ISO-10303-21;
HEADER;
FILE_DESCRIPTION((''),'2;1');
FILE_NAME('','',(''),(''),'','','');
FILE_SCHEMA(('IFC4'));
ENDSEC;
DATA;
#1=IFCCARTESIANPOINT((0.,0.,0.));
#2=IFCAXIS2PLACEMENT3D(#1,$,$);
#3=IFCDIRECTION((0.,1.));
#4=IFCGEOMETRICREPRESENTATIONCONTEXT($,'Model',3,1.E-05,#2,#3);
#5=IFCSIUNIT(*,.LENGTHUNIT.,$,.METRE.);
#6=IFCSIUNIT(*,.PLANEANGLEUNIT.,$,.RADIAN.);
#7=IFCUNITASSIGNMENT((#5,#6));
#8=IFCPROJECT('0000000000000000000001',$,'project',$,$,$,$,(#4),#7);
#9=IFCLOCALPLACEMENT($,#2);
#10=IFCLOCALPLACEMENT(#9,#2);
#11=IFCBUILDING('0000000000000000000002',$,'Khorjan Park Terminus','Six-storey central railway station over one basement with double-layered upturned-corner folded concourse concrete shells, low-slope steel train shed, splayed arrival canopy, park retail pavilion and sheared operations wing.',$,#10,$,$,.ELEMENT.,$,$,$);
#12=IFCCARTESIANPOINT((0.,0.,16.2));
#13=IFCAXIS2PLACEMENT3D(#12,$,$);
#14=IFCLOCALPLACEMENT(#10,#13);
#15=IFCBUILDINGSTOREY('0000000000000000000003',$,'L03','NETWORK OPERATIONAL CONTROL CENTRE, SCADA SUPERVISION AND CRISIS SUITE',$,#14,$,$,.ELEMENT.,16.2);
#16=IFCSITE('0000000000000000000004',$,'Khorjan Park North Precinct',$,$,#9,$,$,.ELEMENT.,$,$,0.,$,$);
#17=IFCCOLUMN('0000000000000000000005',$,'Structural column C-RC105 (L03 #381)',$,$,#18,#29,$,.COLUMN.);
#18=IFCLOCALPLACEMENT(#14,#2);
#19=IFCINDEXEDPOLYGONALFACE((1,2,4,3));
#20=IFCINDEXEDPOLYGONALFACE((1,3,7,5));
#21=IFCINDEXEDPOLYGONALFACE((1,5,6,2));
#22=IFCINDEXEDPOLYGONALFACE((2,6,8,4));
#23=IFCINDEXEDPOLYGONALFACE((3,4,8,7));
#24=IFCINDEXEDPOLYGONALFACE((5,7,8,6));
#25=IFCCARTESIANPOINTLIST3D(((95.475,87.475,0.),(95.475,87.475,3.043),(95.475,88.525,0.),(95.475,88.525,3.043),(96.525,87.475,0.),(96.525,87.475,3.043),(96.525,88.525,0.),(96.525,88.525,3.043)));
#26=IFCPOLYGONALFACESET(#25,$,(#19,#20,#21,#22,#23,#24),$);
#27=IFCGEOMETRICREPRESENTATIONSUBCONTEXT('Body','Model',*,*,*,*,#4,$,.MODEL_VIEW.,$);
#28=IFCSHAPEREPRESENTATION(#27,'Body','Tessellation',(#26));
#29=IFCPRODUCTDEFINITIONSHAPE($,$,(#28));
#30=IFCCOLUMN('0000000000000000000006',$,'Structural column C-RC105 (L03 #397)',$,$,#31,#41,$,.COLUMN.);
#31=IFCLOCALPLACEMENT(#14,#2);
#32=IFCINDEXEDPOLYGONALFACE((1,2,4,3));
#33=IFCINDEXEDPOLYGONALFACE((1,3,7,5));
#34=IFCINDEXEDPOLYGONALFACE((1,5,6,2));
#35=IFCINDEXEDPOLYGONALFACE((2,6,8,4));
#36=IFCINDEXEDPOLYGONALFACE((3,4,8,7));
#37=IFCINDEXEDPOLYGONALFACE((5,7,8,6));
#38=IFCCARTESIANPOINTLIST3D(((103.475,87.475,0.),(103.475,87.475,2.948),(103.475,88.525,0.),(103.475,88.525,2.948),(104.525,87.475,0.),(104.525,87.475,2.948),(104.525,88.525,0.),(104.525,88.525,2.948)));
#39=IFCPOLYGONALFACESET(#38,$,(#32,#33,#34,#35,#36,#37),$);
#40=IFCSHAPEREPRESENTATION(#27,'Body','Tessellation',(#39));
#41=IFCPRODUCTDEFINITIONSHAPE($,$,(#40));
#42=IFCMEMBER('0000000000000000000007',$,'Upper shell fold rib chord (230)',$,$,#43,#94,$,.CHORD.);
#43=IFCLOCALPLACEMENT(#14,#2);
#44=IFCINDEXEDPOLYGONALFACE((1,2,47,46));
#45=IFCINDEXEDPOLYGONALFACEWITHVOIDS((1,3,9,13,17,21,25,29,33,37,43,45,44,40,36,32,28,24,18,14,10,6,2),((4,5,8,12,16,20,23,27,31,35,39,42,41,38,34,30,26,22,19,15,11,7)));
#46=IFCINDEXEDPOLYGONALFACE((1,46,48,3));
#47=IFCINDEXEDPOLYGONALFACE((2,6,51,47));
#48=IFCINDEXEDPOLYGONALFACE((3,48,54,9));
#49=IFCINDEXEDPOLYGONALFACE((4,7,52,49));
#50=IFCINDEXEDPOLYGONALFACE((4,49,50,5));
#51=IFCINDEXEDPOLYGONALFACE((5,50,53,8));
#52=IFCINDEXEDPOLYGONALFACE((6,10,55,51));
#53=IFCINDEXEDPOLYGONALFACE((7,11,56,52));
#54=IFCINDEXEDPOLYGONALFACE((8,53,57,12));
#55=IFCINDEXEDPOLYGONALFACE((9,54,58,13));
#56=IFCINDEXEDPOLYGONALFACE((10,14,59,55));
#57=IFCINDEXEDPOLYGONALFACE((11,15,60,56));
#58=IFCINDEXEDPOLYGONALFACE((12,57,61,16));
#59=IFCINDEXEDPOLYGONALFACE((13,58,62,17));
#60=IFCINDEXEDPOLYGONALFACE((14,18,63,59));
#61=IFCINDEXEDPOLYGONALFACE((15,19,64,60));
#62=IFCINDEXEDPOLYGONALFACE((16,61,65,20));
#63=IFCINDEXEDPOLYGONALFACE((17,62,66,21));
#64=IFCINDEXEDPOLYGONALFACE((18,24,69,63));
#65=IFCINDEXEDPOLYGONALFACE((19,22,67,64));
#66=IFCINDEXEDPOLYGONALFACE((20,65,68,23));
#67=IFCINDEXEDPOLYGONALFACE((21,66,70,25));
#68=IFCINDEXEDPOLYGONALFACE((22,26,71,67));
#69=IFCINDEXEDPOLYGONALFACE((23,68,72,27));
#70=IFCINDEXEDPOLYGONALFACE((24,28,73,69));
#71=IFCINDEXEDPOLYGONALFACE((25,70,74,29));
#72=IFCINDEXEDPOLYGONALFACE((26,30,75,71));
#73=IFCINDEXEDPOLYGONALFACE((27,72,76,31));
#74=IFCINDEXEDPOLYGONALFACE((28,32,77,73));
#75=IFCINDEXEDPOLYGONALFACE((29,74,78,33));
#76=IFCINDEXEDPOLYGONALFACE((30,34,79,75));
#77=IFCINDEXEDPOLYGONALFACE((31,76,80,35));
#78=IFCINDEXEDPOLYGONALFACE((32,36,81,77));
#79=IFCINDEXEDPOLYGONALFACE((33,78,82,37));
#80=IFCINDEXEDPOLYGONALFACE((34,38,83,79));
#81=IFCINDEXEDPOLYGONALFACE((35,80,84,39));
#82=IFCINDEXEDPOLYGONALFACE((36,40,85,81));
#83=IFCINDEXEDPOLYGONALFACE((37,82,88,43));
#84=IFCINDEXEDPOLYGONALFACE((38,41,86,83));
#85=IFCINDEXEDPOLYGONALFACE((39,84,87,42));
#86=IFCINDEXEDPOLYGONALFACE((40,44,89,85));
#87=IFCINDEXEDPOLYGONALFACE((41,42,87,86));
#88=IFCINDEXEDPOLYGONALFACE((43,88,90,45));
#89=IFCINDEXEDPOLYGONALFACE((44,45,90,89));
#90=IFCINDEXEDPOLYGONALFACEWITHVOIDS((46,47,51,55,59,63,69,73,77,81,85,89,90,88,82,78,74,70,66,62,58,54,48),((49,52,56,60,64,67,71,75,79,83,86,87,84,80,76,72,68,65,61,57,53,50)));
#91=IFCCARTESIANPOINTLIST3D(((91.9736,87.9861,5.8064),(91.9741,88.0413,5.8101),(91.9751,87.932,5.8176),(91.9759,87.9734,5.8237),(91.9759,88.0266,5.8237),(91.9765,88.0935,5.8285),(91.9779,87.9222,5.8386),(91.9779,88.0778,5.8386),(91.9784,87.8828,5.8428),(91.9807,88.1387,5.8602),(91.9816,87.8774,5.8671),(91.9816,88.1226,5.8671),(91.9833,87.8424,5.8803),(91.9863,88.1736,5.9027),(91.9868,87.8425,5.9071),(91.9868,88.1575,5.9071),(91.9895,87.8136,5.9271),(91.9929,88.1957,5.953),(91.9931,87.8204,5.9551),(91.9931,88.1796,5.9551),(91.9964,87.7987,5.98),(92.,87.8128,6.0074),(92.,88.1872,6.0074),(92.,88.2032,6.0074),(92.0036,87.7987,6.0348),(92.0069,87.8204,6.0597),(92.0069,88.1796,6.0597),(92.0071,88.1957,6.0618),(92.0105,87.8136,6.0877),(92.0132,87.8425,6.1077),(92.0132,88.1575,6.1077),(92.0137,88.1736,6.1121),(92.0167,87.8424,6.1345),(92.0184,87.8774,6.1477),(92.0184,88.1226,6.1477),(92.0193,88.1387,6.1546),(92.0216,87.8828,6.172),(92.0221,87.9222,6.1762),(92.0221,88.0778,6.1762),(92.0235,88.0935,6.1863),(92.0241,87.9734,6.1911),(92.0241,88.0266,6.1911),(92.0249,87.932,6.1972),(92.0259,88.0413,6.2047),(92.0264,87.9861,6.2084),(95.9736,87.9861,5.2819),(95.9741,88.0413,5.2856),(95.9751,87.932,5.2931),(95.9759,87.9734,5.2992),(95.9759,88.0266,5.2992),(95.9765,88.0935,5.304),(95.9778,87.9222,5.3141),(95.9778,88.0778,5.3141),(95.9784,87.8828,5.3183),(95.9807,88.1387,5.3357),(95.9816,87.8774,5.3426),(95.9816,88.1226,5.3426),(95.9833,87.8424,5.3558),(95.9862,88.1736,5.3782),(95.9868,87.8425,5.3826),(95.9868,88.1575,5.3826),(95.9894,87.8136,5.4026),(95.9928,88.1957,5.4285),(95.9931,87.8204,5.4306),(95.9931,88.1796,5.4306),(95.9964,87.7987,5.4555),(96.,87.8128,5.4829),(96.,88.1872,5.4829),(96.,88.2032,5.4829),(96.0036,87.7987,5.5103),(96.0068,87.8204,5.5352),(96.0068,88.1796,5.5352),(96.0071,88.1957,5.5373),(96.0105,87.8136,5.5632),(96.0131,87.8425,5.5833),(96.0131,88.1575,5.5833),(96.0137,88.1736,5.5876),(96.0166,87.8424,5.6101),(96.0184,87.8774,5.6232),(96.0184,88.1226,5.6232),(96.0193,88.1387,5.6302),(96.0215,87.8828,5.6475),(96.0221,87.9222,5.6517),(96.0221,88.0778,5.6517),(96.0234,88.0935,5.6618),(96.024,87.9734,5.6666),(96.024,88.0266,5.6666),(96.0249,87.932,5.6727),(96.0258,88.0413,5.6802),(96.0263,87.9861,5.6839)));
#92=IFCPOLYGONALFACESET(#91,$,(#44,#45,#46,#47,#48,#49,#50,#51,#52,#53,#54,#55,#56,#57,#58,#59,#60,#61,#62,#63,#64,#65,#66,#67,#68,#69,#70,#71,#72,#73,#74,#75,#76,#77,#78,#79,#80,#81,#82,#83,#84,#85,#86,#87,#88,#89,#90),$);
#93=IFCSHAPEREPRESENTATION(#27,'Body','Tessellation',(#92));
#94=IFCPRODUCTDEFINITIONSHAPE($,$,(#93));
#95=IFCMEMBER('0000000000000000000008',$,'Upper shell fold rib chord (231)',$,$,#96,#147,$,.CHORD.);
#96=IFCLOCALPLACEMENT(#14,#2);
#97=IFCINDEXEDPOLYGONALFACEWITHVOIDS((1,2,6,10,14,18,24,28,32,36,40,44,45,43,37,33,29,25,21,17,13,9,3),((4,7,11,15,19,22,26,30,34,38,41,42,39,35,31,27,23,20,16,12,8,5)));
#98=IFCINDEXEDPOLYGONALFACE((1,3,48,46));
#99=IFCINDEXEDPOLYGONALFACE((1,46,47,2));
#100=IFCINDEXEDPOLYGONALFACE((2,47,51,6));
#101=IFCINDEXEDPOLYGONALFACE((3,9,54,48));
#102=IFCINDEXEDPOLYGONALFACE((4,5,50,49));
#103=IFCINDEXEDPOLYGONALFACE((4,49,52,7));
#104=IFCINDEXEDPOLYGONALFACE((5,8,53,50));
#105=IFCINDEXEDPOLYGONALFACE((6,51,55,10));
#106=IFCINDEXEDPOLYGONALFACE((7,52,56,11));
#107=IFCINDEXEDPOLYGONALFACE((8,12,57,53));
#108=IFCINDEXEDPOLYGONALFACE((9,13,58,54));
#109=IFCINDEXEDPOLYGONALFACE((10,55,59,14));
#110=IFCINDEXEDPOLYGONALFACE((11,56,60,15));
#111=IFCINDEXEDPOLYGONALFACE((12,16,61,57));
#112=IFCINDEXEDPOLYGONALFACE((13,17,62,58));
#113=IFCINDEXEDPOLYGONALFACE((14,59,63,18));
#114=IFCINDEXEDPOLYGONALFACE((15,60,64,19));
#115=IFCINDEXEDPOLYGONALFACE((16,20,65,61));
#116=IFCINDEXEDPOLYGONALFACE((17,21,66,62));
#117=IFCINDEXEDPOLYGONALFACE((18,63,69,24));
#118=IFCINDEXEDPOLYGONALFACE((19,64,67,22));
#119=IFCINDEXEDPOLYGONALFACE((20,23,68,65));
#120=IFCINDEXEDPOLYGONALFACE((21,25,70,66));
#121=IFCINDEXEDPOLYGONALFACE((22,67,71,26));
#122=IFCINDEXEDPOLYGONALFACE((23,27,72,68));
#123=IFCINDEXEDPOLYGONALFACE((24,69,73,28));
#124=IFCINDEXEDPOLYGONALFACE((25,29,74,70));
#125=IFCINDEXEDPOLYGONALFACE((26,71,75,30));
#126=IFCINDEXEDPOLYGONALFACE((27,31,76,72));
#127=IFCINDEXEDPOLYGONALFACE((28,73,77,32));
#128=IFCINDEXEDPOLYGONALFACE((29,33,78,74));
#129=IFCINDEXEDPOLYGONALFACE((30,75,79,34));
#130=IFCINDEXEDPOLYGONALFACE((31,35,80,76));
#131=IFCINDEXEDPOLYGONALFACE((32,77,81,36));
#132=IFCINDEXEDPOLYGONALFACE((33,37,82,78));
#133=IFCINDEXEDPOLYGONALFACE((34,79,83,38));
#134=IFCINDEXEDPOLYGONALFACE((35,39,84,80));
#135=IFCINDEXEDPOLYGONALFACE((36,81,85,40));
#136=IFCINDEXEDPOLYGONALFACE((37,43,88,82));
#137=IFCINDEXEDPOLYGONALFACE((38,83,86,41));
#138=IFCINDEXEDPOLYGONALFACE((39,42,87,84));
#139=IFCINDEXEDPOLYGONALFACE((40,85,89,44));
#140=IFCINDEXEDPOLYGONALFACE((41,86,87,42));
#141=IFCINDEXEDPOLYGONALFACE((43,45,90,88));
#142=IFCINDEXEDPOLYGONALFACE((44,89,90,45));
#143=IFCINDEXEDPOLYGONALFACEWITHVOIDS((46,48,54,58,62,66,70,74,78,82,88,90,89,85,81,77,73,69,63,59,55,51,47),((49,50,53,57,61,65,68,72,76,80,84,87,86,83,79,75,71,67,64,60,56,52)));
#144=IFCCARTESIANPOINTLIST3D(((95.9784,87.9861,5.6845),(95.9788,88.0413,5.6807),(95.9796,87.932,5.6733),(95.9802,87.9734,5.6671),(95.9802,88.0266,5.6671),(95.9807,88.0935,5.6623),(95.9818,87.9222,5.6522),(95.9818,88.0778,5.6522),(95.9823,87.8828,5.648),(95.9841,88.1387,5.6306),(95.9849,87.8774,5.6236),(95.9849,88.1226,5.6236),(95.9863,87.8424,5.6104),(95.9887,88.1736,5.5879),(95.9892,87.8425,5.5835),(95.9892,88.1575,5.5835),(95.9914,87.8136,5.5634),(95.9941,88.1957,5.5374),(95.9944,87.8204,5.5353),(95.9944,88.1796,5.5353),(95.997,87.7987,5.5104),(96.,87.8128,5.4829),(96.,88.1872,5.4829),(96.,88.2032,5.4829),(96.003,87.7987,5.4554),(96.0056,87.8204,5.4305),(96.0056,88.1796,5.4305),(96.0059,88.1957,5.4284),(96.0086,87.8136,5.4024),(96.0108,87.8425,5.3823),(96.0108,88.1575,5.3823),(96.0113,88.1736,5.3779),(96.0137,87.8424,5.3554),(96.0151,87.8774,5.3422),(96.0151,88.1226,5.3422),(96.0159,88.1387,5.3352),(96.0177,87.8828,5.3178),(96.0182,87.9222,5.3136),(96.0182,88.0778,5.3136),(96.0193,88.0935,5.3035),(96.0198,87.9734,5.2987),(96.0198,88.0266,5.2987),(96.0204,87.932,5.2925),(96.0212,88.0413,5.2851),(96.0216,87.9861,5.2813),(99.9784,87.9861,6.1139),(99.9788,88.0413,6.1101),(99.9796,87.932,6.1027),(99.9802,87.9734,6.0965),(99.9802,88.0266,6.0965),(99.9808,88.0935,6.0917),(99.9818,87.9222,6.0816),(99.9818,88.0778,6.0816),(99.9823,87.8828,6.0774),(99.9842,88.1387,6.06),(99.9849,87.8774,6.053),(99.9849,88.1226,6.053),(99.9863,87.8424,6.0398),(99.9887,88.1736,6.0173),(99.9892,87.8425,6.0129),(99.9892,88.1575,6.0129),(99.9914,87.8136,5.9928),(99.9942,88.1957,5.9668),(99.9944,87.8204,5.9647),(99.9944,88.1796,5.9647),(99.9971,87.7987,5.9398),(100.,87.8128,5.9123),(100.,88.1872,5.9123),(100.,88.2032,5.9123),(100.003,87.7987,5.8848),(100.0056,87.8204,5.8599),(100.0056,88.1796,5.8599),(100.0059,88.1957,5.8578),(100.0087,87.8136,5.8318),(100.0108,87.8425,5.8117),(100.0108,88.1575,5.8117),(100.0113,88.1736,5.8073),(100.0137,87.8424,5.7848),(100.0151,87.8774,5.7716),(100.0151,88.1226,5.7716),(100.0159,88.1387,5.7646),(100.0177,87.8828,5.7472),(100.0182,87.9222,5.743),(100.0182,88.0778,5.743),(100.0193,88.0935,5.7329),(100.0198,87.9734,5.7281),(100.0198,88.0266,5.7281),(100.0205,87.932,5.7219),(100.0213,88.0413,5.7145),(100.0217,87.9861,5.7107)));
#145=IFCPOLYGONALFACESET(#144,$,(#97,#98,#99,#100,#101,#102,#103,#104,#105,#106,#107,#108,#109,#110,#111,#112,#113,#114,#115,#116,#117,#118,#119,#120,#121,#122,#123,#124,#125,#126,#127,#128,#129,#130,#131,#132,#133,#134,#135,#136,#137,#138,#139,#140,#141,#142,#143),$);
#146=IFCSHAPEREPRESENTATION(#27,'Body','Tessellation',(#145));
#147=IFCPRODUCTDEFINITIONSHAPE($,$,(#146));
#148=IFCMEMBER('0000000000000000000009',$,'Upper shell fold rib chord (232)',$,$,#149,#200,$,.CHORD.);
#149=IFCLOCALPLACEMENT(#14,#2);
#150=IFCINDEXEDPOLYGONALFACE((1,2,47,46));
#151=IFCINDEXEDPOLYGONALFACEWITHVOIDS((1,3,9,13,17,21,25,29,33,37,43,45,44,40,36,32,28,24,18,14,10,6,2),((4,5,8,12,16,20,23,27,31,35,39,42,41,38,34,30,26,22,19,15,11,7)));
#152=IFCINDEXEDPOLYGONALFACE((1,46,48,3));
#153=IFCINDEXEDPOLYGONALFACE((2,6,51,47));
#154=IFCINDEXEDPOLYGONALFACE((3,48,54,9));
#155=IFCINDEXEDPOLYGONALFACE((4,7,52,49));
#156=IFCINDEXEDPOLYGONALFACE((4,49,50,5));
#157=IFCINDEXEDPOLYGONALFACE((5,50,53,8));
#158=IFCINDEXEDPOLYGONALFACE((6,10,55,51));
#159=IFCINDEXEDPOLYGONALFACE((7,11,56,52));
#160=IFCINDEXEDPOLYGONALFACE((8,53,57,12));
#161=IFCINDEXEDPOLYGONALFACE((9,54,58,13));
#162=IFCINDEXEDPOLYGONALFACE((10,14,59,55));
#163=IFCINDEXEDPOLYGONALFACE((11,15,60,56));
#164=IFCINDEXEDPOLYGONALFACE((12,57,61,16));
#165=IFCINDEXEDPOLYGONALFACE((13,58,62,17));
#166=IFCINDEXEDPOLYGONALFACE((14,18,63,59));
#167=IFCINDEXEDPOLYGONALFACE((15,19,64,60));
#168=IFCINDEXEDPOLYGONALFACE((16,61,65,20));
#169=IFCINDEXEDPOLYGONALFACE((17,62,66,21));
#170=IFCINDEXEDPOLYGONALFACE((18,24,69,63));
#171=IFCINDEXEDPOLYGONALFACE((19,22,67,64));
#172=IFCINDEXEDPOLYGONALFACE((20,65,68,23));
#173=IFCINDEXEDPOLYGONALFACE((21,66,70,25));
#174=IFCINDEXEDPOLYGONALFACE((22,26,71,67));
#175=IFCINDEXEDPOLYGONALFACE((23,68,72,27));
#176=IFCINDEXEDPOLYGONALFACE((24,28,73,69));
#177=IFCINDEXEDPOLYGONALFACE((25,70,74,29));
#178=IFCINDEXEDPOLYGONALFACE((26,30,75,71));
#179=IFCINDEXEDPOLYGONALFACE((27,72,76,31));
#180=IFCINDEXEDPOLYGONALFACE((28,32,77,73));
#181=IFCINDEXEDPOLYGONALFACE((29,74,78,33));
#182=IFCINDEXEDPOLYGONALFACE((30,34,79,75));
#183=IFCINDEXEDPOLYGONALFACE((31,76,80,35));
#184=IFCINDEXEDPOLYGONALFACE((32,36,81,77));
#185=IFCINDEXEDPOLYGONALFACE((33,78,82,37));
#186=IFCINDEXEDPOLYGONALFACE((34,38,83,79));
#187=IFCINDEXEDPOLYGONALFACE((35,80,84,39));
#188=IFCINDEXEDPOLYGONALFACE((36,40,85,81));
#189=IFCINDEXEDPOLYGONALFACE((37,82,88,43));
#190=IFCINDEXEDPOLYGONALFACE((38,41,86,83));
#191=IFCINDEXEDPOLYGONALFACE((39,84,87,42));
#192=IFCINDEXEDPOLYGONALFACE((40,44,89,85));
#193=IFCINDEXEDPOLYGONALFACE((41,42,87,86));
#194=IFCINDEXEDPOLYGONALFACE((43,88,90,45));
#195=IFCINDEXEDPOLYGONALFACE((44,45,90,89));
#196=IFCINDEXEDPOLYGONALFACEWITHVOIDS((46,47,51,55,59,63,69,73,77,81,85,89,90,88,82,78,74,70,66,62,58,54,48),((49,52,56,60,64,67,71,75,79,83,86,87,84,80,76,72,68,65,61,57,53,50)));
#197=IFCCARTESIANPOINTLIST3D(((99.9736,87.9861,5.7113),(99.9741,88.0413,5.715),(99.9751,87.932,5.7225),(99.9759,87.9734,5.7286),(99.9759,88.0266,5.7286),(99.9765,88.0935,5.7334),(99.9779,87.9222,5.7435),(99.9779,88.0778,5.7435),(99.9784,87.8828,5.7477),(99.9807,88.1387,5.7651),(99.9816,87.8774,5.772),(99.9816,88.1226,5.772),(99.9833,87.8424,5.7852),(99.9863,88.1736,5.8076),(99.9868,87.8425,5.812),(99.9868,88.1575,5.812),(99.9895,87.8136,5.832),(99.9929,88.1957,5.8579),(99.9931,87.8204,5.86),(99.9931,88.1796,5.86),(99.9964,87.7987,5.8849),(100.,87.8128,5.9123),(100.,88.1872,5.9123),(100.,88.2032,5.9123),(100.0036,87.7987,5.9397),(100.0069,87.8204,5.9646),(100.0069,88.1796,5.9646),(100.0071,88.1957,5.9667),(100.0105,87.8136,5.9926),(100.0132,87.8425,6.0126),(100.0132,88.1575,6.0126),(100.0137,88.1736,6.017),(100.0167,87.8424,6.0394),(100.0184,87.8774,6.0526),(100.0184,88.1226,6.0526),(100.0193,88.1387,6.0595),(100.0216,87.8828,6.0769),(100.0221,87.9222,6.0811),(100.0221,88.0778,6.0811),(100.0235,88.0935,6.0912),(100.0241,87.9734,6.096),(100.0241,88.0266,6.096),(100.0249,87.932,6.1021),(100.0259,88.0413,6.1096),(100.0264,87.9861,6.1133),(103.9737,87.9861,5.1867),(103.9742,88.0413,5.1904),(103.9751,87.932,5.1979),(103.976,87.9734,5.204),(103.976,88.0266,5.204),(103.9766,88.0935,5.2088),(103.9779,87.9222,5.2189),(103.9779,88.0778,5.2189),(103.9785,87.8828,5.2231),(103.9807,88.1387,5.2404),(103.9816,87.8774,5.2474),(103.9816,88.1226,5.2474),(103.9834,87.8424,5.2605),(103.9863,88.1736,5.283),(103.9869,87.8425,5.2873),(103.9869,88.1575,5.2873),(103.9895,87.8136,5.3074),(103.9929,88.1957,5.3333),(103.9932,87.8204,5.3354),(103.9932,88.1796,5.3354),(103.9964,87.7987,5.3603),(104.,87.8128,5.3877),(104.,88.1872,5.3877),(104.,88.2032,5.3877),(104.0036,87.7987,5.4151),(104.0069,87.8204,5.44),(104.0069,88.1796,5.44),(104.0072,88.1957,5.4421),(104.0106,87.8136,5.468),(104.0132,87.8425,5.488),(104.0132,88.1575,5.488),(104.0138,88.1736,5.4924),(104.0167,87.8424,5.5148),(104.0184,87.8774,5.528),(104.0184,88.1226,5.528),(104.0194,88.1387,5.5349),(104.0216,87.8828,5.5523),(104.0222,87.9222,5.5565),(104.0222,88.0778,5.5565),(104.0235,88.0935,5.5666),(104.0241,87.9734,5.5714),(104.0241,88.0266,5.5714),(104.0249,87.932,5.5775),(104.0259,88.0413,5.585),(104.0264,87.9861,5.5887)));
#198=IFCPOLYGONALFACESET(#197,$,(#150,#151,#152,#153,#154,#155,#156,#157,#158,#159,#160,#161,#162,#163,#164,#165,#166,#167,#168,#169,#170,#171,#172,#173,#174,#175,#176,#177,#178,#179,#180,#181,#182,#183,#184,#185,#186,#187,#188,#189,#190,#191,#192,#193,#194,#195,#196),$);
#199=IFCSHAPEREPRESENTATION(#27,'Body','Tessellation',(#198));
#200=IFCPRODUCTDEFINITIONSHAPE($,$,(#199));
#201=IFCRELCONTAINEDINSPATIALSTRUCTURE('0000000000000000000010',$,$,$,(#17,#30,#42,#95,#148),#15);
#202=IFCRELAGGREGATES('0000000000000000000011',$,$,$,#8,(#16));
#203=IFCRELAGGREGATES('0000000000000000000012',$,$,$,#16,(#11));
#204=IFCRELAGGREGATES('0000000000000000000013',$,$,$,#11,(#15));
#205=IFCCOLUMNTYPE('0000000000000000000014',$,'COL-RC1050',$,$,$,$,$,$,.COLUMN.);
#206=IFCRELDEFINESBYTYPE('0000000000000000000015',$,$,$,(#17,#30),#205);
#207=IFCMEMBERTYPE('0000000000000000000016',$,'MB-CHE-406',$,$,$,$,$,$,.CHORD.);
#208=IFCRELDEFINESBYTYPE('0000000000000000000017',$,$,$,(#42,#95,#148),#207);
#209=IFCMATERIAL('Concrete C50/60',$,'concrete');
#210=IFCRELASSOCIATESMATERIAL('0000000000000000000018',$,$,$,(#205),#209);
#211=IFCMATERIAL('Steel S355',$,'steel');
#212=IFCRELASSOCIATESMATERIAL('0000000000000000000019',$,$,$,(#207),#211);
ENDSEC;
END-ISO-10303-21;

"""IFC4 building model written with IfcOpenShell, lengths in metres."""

from ifc_helpers import new_model, si_unit, direction, frame, origin, origin_2d, place, context, subcontext, project, spatial, rectangle, hollow_circle, extrude, material, material_profile, profile_set, type_object, element, save


model = new_model("IFC4")

# Units and contexts
model_context = context("Model", 3, precision=1e-05, world=origin(), true_north=direction((0.0, 1.0)))
body_context = subcontext(model_context, "Body", "Model", "MODEL_VIEW")
ifc_project = project(units=[si_unit("LENGTHUNIT", "METRE"), si_unit("PLANEANGLEUNIT", "RADIAN")], contexts=[model_context])

# Site, building, storey
site_placement = place(None, origin())
site = spatial("IfcSite", under=ifc_project, at=site_placement, Name="Khorjan Park North Precinct", CompositionType="ELEMENT", RefElevation=0.0)
building_placement = place(site_placement, origin())
building = spatial("IfcBuilding", under=site, at=building_placement, Name="Khorjan Park Terminus", Description="Six-storey central railway station over one basement with double-layered upturned-corner folded concourse concrete shells, low-slope steel train shed, splayed arrival canopy, park retail pavilion and sheared operations wing.", CompositionType="ELEMENT")
storey_placement = place(building_placement, frame((0.0, 0.0, 16.2)))
storey = spatial("IfcBuildingStorey", under=building, at=storey_placement, Name="L03", Description="NETWORK OPERATIONAL CONTROL CENTRE, SCADA SUPERVISION AND CRISIS SUITE", CompositionType="ELEMENT", Elevation=16.2)

# Columns
ifc_material_1 = material(Name="Concrete C50/60", Category="concrete")
ifc_material_profile_1 = material_profile(ifc_material_1, rectangle(XDim=1.05, YDim=1.05, at=origin_2d()), Name="RC 1050x1050")
ifc_profile_set_1 = profile_set([ifc_material_profile_1], Name="Concrete C50/60")
column_type = type_object("IfcColumnType", Name="COL-RC1050", PredefinedType="COLUMN", material=ifc_profile_set_1)
column_1_placement = place(storey_placement, frame((96.0, 88.0, 0.0), z_axis=(0.0, 0.0, 1.0), x_axis=(1.0, 0.0, 0.0)))
element("IfcColumn", 1, at=column_1_placement, inside=storey, type_object=column_type, Name="Structural column C-RC105 (L03 #381)", PredefinedType="COLUMN", context=body_context, shape_type="SweptSolid", body=[
    extrude(rectangle(XDim=1.05, YDim=1.05, at=origin_2d()), origin(), (0.0, 0.0, 1.0), 3.043),
])
column_2_placement = place(storey_placement, frame((104.0, 88.0, 0.0), z_axis=(0.0, 0.0, 1.0), x_axis=(1.0, 0.0, 0.0)))
element("IfcColumn", 2, at=column_2_placement, inside=storey, type_object=column_type, Name="Structural column C-RC105 (L03 #397)", PredefinedType="COLUMN", context=body_context, shape_type="SweptSolid", body=[
    extrude(rectangle(XDim=1.05, YDim=1.05, at=origin_2d()), origin(), (0.0, 0.0, 1.0), 2.948),
])

# Members
ifc_material_2 = material(Name="Steel S355", Category="steel")
ifc_material_profile_2 = material_profile(ifc_material_2, hollow_circle(Radius=0.2032, WallThickness=0.016, at=origin_2d()), Name="CHS 406.4x16")
ifc_profile_set_2 = profile_set([ifc_material_profile_2], Name="Steel S355")
member_type_1 = type_object("IfcMemberType", Name="MB-CHE-406", PredefinedType="CHORD", material=ifc_profile_set_2)
member_1_placement = place(storey_placement, frame((92.0, 88.0, 6.0074), z_axis=(0.991512, 0.0, -0.130012), x_axis=(0.0, 1.0, 0.0)))
element("IfcMember", 3, at=member_1_placement, inside=storey, type_object=member_type_1, Name="Upper shell fold rib chord (230)", PredefinedType="CHORD", context=body_context, shape_type="SweptSolid", body=[
    extrude(hollow_circle(Radius=0.2032, WallThickness=0.016, at=origin_2d()), origin(), (0.0, 0.0, 1.0), 4.0342),
])
member_2_placement = place(storey_placement, frame((96.0, 88.0, 5.4829), z_axis=(0.994287, 0.0, 0.106737), x_axis=(0.0, 1.0, 0.0)))
element("IfcMember", 4, at=member_2_placement, inside=storey, type_object=member_type_1, Name="Upper shell fold rib chord (231)", PredefinedType="CHORD", context=body_context, shape_type="SweptSolid", body=[
    extrude(hollow_circle(Radius=0.2032, WallThickness=0.016, at=origin_2d()), origin(), (0.0, 0.0, 1.0), 4.023),
])
member_3_placement = place(storey_placement, frame((100.0, 88.0, 5.9123), z_axis=(0.991509, 0.0, -0.130036), x_axis=(0.0, 1.0, 0.0)))
element("IfcMember", 5, at=member_3_placement, inside=storey, type_object=member_type_1, Name="Upper shell fold rib chord (232)", PredefinedType="CHORD", context=body_context, shape_type="SweptSolid", body=[
    extrude(hollow_circle(Radius=0.2032, WallThickness=0.016, at=origin_2d()), origin(), (0.0, 0.0, 1.0), 4.0343),
])

save(model, "model.ifc")
